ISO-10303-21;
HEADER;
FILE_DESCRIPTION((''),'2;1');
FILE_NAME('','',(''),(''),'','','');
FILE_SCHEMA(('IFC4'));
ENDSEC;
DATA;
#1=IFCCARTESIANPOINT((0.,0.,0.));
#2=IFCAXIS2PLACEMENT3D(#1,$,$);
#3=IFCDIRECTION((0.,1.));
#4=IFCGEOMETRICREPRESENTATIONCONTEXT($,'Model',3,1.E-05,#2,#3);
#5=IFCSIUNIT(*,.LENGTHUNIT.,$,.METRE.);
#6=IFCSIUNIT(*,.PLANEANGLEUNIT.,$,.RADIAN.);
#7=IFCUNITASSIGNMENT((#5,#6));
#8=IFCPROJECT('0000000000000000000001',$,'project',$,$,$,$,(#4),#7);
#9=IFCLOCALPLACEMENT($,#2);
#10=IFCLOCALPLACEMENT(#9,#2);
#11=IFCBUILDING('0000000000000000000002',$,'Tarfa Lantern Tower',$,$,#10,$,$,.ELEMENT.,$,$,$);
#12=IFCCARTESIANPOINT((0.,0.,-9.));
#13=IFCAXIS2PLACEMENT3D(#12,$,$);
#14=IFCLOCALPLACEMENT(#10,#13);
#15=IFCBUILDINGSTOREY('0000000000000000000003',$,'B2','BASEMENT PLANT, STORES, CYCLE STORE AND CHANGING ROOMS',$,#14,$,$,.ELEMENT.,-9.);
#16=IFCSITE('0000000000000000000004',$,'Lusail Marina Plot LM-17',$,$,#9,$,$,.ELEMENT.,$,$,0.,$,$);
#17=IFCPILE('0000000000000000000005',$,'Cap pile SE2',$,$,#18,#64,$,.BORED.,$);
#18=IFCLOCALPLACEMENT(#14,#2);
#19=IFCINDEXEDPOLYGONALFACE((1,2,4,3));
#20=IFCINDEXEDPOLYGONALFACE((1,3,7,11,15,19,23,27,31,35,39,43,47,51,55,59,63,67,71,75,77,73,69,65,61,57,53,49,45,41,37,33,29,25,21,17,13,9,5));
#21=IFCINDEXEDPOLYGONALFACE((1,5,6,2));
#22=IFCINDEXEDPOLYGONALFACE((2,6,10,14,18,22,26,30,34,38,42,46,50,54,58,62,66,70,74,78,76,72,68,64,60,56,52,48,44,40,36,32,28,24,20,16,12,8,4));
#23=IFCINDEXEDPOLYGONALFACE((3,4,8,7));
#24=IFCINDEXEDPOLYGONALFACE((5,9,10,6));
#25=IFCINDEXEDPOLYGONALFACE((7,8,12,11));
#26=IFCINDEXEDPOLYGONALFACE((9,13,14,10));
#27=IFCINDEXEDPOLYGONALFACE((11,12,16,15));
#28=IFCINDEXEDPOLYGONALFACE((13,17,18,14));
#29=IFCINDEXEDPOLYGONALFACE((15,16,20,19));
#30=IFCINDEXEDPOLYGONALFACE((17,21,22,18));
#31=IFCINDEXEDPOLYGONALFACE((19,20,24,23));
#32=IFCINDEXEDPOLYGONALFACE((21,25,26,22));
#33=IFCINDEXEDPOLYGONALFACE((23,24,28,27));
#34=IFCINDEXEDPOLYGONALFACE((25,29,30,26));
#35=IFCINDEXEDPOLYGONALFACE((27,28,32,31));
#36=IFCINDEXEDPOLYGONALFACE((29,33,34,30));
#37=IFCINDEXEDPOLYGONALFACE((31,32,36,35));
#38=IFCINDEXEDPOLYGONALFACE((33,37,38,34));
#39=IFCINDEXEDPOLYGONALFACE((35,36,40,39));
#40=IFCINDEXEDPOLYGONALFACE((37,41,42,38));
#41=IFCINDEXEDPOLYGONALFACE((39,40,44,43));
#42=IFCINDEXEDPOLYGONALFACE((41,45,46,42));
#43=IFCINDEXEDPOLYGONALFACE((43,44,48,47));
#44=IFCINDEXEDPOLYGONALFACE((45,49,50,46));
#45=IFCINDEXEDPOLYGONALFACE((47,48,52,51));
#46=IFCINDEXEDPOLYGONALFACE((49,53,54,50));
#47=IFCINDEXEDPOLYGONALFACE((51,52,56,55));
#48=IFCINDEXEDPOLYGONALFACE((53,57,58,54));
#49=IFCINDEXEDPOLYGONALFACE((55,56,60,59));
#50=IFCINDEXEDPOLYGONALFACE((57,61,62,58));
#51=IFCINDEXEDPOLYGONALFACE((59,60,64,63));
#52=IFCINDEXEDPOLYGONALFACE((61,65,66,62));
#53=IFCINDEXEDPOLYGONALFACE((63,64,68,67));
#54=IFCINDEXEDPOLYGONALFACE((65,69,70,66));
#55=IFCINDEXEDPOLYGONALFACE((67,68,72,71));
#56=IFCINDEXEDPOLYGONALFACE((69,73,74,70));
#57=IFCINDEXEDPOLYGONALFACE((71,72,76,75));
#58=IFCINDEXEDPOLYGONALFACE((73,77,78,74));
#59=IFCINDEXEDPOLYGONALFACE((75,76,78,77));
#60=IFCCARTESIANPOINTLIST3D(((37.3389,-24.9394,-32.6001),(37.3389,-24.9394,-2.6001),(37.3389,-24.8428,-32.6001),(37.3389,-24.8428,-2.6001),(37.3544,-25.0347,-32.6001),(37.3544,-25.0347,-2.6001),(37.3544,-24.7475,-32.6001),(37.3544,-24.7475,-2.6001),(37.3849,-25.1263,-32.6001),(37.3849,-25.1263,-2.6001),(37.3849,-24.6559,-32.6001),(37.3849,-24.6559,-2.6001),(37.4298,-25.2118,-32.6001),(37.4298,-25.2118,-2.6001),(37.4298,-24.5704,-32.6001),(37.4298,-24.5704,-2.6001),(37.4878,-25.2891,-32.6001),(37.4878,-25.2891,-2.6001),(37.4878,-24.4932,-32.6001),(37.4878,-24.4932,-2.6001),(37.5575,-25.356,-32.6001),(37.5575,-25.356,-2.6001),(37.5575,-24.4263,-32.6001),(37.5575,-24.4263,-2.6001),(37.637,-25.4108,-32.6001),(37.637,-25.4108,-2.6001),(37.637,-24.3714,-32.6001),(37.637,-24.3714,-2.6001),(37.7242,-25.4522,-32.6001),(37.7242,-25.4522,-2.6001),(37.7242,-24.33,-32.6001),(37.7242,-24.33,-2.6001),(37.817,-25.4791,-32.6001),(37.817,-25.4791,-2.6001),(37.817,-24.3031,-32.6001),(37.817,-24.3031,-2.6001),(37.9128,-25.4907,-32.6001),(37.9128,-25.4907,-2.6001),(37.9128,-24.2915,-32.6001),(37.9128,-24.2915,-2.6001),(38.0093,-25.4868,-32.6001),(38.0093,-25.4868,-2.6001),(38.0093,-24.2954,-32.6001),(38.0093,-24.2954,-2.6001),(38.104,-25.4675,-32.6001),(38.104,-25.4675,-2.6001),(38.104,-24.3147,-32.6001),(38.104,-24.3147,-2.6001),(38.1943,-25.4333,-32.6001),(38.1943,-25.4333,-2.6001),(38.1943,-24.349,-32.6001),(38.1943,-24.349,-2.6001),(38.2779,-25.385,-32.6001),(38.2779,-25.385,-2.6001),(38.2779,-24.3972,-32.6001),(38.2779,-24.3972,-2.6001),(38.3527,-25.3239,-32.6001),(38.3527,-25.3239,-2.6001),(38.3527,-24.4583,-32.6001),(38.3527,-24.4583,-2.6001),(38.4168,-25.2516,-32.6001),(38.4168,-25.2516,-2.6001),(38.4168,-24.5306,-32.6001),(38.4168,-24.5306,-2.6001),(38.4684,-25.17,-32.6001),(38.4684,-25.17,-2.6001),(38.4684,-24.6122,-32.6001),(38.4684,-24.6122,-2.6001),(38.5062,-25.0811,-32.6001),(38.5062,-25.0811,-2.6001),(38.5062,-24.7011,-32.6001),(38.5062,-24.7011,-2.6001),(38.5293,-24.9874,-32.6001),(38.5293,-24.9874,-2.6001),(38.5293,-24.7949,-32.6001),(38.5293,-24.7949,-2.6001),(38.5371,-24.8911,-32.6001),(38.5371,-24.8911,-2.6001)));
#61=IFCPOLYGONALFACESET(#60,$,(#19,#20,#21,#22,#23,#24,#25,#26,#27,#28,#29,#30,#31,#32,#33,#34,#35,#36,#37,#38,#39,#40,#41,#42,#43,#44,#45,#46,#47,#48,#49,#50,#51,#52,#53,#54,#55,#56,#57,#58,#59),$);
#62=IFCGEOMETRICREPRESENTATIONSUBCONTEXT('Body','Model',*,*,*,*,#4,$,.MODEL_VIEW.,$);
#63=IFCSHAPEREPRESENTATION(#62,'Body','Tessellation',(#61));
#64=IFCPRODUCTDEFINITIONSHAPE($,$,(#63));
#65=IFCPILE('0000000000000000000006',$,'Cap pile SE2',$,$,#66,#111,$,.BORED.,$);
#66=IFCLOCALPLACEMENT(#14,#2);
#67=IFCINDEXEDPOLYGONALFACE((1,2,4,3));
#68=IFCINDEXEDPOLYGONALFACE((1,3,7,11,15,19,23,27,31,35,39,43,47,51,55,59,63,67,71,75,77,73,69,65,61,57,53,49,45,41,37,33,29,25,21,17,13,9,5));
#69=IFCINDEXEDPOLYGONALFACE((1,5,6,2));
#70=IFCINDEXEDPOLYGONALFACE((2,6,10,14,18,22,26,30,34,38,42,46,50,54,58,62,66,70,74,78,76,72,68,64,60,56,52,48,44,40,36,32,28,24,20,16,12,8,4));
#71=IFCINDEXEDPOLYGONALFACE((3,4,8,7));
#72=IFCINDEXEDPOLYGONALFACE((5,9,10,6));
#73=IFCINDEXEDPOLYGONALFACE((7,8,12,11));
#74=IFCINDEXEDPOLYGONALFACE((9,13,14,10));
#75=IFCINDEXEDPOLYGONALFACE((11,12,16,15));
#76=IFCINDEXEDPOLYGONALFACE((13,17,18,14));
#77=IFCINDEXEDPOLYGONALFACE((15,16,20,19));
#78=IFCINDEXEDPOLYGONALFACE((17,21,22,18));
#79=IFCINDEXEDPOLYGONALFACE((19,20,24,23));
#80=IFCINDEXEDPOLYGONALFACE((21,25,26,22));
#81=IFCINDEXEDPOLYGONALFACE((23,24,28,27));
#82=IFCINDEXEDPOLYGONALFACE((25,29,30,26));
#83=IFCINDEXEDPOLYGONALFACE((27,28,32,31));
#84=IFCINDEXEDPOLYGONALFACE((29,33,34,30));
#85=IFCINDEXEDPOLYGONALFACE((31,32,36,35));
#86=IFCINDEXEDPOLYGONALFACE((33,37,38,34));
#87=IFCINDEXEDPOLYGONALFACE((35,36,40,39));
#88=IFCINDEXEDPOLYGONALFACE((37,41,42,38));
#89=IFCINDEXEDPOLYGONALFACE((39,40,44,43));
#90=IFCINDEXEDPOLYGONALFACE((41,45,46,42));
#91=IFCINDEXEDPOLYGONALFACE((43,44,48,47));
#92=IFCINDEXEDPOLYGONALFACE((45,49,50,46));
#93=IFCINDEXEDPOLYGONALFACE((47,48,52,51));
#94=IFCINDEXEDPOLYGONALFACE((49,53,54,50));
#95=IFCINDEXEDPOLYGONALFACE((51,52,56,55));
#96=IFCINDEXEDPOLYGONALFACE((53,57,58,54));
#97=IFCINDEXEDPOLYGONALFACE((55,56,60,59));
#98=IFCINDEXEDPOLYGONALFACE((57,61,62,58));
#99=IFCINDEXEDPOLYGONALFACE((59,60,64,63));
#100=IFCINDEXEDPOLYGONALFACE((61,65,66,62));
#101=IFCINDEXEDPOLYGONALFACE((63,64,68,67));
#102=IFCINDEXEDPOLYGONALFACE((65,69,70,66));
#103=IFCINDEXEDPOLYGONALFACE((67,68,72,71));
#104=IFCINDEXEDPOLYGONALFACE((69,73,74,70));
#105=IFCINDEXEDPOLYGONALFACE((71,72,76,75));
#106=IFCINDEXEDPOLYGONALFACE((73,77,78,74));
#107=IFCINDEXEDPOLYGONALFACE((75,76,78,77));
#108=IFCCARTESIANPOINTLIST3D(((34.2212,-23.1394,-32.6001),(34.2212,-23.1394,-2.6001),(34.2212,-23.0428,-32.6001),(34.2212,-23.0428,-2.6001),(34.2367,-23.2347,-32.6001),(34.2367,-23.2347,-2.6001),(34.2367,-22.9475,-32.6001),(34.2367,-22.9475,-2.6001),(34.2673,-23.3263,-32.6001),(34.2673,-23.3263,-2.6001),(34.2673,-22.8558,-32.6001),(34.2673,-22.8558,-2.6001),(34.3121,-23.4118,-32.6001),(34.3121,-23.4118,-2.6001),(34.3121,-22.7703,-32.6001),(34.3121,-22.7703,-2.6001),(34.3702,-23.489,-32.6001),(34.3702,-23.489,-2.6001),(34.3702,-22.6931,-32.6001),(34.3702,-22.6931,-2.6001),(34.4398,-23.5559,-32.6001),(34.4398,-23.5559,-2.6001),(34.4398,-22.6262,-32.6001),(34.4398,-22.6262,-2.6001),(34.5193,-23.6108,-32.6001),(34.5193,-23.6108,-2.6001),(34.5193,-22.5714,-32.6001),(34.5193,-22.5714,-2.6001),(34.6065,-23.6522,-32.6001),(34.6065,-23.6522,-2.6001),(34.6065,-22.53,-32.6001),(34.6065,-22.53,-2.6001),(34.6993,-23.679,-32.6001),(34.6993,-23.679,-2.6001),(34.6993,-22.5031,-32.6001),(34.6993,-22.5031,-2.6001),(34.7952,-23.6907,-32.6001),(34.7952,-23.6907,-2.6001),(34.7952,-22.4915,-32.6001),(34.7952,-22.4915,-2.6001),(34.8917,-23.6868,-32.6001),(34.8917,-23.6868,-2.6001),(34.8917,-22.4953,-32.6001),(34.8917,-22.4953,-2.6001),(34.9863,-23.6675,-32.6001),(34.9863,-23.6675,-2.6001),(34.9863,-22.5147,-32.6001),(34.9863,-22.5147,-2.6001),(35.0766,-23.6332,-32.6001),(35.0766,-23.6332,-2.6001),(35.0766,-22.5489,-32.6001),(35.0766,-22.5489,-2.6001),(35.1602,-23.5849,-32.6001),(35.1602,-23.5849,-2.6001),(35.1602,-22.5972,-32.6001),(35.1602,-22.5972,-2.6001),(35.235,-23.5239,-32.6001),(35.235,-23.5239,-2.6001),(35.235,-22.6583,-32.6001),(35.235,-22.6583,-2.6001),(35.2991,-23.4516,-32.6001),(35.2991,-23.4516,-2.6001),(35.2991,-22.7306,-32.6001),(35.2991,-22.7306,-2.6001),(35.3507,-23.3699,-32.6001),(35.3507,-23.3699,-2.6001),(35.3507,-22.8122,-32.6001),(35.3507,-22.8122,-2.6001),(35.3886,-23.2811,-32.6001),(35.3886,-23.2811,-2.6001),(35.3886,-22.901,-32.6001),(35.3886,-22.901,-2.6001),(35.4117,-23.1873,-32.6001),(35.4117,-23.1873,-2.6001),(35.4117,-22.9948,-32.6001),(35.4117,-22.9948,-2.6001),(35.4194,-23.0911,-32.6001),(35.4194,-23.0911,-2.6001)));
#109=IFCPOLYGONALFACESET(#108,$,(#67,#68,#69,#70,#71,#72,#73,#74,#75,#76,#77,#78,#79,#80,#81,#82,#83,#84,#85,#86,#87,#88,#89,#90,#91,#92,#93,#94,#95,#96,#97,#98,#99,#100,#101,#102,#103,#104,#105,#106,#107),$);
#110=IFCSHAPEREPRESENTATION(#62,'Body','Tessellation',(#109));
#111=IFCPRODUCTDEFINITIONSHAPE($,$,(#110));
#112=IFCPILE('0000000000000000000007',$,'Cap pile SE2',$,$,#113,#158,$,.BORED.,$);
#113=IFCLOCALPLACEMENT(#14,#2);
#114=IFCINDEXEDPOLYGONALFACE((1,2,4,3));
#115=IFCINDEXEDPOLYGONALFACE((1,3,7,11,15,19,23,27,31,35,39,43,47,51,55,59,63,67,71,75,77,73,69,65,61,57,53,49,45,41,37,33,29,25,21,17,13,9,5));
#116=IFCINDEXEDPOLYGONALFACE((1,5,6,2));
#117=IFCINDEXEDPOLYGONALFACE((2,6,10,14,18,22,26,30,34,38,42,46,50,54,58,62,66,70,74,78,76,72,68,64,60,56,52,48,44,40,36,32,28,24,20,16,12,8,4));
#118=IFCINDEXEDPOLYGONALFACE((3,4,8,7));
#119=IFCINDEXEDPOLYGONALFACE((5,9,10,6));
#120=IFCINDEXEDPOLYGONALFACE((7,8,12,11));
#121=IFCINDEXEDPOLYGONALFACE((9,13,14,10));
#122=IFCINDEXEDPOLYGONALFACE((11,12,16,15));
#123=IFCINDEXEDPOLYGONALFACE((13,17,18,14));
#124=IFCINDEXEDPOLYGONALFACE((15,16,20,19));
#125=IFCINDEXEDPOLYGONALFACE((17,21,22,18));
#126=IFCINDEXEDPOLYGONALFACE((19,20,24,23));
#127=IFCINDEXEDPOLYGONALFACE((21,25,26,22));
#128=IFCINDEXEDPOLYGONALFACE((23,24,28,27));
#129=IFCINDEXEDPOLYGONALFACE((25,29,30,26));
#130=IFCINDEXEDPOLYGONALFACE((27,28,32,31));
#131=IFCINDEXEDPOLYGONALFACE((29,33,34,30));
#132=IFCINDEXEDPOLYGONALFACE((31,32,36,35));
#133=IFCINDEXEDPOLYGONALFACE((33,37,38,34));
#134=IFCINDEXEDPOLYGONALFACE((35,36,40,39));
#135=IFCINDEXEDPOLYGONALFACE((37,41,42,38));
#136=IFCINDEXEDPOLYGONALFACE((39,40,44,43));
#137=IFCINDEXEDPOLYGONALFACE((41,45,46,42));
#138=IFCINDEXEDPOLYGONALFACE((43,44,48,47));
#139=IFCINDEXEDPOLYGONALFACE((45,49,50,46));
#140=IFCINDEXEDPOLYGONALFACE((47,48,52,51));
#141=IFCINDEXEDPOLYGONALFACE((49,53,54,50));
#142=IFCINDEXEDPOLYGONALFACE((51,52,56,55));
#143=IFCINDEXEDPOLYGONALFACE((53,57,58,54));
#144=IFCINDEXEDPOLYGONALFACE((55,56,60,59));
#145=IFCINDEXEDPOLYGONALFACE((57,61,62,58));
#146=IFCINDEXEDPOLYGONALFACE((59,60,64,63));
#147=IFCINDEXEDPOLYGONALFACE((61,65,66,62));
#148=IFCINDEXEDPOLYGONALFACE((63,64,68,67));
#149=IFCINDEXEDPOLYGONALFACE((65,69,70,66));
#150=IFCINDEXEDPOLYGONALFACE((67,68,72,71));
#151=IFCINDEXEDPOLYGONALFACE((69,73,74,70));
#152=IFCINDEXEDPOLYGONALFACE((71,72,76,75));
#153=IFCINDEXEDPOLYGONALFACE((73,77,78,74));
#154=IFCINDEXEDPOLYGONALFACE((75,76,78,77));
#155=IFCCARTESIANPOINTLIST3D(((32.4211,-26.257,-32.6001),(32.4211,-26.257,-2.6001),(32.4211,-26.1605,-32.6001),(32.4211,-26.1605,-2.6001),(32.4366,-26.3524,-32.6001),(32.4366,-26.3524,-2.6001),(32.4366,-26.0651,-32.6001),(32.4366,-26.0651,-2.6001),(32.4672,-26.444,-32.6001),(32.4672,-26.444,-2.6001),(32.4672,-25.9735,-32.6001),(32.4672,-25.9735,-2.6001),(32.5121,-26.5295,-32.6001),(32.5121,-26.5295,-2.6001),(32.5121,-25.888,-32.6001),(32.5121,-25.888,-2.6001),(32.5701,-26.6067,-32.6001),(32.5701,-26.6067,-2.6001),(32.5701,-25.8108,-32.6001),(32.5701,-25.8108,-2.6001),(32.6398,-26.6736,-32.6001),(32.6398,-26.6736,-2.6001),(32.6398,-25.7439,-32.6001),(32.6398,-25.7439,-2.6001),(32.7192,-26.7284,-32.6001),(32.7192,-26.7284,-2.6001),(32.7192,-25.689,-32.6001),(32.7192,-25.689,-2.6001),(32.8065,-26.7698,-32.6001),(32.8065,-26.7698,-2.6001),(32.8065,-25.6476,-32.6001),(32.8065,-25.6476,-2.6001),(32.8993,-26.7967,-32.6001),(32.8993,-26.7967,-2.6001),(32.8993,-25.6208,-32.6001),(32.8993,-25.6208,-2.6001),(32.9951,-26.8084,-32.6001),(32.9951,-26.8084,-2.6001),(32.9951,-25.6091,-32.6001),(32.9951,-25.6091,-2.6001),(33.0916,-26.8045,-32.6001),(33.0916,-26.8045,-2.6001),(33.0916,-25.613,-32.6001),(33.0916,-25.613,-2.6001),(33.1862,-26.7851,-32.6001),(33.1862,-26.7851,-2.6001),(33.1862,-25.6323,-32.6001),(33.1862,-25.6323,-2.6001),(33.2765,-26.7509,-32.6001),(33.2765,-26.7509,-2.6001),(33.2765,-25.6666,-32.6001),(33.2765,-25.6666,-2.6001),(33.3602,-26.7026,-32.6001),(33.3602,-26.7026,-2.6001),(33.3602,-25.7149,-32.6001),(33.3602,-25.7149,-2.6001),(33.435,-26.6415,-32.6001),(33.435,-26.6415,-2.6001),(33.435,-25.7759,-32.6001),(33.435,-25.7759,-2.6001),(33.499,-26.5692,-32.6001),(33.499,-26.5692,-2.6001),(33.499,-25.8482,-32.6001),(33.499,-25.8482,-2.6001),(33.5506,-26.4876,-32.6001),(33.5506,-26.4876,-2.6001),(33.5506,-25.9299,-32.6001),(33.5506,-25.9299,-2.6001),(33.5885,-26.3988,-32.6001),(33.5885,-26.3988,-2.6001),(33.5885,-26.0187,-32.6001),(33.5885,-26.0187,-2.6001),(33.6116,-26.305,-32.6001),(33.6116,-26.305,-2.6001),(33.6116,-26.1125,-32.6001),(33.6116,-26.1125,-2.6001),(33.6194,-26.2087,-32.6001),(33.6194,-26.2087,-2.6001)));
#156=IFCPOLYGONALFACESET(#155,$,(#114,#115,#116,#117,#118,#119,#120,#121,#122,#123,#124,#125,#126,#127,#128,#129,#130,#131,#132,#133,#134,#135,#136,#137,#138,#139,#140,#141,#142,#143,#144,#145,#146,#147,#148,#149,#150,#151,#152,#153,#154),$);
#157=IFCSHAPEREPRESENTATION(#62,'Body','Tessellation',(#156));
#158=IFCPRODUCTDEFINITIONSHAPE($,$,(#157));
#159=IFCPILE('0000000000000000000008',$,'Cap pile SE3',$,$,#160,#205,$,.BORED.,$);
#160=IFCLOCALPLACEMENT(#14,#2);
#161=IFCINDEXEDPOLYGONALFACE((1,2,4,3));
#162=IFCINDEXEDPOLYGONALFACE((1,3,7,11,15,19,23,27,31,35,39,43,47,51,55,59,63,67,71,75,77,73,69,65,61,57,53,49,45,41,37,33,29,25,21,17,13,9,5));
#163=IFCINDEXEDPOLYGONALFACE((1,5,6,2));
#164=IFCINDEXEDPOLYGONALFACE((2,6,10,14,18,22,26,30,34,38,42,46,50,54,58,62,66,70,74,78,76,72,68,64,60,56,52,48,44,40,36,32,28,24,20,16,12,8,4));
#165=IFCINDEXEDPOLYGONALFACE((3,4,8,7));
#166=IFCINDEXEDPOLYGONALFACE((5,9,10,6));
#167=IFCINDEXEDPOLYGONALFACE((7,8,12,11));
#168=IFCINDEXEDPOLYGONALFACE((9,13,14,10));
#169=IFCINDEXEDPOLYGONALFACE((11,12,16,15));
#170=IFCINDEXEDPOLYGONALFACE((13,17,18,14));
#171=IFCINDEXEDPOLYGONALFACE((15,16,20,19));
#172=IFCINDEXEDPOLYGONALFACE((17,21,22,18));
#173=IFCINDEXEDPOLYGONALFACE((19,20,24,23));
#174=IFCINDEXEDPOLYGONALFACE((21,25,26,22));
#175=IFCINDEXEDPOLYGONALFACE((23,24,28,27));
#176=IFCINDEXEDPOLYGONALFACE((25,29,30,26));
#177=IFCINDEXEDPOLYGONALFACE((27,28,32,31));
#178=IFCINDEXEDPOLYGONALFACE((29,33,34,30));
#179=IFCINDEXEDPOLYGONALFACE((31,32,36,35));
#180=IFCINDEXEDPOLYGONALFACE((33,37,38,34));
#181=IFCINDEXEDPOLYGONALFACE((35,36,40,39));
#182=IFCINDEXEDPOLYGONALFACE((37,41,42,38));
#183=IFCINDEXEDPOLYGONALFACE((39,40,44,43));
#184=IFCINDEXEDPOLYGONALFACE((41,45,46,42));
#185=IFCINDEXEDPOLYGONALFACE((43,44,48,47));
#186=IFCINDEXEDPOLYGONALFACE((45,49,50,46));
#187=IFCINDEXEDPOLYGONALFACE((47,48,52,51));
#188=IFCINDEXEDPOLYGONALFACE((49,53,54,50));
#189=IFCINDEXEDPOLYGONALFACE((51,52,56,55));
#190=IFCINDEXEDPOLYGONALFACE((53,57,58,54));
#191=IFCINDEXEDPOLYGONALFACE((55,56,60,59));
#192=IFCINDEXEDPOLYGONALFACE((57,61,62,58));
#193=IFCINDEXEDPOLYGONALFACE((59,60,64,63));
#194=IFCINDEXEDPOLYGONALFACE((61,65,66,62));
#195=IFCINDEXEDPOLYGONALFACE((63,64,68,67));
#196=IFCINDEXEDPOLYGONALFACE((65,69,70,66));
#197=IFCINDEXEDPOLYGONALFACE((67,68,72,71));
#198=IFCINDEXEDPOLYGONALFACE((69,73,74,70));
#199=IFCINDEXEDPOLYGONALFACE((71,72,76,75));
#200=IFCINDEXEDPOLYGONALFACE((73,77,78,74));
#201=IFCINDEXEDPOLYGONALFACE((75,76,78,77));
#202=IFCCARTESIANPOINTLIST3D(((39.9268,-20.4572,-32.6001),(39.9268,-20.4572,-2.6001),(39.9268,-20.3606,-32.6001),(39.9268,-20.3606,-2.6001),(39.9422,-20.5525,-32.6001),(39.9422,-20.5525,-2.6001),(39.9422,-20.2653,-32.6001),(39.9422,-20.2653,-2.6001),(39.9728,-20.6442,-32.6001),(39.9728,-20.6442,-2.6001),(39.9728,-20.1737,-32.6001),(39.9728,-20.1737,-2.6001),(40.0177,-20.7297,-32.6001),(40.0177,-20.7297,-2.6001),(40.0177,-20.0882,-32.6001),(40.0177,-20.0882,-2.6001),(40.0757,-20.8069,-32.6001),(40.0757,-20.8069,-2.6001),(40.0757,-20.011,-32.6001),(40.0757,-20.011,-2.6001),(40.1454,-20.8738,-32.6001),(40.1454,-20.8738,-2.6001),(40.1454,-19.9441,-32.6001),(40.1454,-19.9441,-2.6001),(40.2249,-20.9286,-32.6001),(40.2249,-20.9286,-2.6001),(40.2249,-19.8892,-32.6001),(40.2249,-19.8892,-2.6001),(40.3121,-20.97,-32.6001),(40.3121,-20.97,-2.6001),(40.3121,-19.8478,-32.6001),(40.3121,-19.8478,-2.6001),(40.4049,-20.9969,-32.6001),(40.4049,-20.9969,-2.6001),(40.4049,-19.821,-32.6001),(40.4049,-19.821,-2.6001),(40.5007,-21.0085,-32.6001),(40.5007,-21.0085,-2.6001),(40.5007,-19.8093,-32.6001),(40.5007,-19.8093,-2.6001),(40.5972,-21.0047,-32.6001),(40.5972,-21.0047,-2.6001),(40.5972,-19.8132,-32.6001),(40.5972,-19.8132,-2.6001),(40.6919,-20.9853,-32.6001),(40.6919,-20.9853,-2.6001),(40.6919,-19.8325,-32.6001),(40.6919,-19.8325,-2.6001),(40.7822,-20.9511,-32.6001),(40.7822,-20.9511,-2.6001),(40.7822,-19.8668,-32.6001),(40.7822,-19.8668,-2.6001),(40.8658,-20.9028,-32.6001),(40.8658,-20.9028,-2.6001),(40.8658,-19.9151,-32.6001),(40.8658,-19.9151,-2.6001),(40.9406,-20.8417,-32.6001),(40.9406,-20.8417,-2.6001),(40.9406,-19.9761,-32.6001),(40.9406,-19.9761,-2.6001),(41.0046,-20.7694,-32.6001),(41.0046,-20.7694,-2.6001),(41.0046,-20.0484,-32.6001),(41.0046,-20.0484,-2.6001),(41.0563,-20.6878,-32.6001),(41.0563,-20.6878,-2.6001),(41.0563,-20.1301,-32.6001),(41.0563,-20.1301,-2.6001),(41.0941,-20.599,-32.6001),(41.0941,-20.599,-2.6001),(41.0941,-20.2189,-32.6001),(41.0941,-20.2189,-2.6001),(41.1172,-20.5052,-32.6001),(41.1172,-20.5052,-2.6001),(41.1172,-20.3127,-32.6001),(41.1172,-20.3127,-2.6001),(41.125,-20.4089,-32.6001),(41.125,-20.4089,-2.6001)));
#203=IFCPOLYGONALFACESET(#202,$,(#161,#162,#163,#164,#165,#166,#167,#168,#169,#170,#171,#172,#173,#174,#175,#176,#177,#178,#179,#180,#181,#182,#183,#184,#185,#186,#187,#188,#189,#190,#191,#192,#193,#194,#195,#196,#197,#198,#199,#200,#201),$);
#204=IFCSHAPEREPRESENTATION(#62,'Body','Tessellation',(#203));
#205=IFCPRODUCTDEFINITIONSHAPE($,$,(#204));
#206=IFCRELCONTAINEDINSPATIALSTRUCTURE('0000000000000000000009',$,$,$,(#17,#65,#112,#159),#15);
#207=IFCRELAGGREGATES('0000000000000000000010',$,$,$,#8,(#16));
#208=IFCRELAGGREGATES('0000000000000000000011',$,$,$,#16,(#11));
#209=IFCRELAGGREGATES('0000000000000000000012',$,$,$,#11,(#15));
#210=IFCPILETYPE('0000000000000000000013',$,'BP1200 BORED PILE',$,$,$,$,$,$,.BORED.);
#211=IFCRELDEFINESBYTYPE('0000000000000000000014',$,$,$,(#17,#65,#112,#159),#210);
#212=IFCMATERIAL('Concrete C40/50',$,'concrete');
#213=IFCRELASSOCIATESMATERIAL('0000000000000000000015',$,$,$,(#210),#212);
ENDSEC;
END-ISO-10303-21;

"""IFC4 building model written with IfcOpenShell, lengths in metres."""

from ifc_helpers import new_model, si_unit, direction, frame, origin, origin_2d, place, context, subcontext, project, spatial, circle, extrude, material, material_profile, profile_set, type_object, element, save


model = new_model("IFC4")

# Units and contexts
model_context = context("Model", 3, precision=1e-05, world=origin(), true_north=direction((0.0, 1.0)))
body_context = subcontext(model_context, "Body", "Model", "MODEL_VIEW")
ifc_project = project(units=[si_unit("LENGTHUNIT", "METRE"), si_unit("PLANEANGLEUNIT", "RADIAN")], contexts=[model_context])

# Site, building, storey
site_placement = place(None, origin())
site = spatial("IfcSite", under=ifc_project, at=site_placement, Name="Lusail Marina Plot LM-17", CompositionType="ELEMENT", RefElevation=0.0)
building_placement = place(site_placement, origin())
building = spatial("IfcBuilding", under=site, at=building_placement, Name="Tarfa Lantern Tower", CompositionType="ELEMENT")
storey_placement = place(building_placement, frame((0.0, 0.0, -9.0)))
storey = spatial("IfcBuildingStorey", under=building, at=storey_placement, Name="B2", Description="BASEMENT PLANT, STORES, CYCLE STORE AND CHANGING ROOMS", CompositionType="ELEMENT", Elevation=-9.0)

# Piles
ifc_material_1 = material(Name="Concrete C40/50", Category="concrete")
ifc_material_profile_1 = material_profile(ifc_material_1, circle(Radius=0.6001, at=origin_2d()), Name="BORED PILE D1200")
ifc_profile_set_1 = profile_set([ifc_material_profile_1], Name="Concrete C40/50")
pile_type_1 = type_object("IfcPileType", Name="BP1200 BORED PILE", PredefinedType="BORED", material=ifc_profile_set_1)
for number, where, z_axis, x_axis, name in (
    (1, (37.937, -24.8911, -2.6001), (0.0, 0.0, -1.0), (1.0, 0.0, 0.0), "Cap pile SE2"),
    (2, (34.8193, -23.0911, -2.6001), (0.0, 0.0, -1.0), (1.0, 0.0, 0.0), "Cap pile SE2"),
    (3, (33.0193, -26.2087, -2.6001), (0.0, 0.0, -1.0), (1.0, 0.0, 0.0), "Cap pile SE2"),
    (4, (40.5249, -20.4089, -2.6001), (0.0, 0.0, -1.0), (1.0, 0.0, 0.0), "Cap pile SE3"),
):
    element("IfcPile", number, at=place(storey_placement, frame(where, z_axis=z_axis, x_axis=x_axis)), inside=storey, type_object=pile_type_1, Name=name, PredefinedType="BORED", context=body_context, shape_type="SweptSolid", body=[
        extrude(circle(Radius=0.6001, at=origin_2d()), origin(), (0.0, 0.0, 1.0), 30.0),
    ])

save(model, "model.ifc")
